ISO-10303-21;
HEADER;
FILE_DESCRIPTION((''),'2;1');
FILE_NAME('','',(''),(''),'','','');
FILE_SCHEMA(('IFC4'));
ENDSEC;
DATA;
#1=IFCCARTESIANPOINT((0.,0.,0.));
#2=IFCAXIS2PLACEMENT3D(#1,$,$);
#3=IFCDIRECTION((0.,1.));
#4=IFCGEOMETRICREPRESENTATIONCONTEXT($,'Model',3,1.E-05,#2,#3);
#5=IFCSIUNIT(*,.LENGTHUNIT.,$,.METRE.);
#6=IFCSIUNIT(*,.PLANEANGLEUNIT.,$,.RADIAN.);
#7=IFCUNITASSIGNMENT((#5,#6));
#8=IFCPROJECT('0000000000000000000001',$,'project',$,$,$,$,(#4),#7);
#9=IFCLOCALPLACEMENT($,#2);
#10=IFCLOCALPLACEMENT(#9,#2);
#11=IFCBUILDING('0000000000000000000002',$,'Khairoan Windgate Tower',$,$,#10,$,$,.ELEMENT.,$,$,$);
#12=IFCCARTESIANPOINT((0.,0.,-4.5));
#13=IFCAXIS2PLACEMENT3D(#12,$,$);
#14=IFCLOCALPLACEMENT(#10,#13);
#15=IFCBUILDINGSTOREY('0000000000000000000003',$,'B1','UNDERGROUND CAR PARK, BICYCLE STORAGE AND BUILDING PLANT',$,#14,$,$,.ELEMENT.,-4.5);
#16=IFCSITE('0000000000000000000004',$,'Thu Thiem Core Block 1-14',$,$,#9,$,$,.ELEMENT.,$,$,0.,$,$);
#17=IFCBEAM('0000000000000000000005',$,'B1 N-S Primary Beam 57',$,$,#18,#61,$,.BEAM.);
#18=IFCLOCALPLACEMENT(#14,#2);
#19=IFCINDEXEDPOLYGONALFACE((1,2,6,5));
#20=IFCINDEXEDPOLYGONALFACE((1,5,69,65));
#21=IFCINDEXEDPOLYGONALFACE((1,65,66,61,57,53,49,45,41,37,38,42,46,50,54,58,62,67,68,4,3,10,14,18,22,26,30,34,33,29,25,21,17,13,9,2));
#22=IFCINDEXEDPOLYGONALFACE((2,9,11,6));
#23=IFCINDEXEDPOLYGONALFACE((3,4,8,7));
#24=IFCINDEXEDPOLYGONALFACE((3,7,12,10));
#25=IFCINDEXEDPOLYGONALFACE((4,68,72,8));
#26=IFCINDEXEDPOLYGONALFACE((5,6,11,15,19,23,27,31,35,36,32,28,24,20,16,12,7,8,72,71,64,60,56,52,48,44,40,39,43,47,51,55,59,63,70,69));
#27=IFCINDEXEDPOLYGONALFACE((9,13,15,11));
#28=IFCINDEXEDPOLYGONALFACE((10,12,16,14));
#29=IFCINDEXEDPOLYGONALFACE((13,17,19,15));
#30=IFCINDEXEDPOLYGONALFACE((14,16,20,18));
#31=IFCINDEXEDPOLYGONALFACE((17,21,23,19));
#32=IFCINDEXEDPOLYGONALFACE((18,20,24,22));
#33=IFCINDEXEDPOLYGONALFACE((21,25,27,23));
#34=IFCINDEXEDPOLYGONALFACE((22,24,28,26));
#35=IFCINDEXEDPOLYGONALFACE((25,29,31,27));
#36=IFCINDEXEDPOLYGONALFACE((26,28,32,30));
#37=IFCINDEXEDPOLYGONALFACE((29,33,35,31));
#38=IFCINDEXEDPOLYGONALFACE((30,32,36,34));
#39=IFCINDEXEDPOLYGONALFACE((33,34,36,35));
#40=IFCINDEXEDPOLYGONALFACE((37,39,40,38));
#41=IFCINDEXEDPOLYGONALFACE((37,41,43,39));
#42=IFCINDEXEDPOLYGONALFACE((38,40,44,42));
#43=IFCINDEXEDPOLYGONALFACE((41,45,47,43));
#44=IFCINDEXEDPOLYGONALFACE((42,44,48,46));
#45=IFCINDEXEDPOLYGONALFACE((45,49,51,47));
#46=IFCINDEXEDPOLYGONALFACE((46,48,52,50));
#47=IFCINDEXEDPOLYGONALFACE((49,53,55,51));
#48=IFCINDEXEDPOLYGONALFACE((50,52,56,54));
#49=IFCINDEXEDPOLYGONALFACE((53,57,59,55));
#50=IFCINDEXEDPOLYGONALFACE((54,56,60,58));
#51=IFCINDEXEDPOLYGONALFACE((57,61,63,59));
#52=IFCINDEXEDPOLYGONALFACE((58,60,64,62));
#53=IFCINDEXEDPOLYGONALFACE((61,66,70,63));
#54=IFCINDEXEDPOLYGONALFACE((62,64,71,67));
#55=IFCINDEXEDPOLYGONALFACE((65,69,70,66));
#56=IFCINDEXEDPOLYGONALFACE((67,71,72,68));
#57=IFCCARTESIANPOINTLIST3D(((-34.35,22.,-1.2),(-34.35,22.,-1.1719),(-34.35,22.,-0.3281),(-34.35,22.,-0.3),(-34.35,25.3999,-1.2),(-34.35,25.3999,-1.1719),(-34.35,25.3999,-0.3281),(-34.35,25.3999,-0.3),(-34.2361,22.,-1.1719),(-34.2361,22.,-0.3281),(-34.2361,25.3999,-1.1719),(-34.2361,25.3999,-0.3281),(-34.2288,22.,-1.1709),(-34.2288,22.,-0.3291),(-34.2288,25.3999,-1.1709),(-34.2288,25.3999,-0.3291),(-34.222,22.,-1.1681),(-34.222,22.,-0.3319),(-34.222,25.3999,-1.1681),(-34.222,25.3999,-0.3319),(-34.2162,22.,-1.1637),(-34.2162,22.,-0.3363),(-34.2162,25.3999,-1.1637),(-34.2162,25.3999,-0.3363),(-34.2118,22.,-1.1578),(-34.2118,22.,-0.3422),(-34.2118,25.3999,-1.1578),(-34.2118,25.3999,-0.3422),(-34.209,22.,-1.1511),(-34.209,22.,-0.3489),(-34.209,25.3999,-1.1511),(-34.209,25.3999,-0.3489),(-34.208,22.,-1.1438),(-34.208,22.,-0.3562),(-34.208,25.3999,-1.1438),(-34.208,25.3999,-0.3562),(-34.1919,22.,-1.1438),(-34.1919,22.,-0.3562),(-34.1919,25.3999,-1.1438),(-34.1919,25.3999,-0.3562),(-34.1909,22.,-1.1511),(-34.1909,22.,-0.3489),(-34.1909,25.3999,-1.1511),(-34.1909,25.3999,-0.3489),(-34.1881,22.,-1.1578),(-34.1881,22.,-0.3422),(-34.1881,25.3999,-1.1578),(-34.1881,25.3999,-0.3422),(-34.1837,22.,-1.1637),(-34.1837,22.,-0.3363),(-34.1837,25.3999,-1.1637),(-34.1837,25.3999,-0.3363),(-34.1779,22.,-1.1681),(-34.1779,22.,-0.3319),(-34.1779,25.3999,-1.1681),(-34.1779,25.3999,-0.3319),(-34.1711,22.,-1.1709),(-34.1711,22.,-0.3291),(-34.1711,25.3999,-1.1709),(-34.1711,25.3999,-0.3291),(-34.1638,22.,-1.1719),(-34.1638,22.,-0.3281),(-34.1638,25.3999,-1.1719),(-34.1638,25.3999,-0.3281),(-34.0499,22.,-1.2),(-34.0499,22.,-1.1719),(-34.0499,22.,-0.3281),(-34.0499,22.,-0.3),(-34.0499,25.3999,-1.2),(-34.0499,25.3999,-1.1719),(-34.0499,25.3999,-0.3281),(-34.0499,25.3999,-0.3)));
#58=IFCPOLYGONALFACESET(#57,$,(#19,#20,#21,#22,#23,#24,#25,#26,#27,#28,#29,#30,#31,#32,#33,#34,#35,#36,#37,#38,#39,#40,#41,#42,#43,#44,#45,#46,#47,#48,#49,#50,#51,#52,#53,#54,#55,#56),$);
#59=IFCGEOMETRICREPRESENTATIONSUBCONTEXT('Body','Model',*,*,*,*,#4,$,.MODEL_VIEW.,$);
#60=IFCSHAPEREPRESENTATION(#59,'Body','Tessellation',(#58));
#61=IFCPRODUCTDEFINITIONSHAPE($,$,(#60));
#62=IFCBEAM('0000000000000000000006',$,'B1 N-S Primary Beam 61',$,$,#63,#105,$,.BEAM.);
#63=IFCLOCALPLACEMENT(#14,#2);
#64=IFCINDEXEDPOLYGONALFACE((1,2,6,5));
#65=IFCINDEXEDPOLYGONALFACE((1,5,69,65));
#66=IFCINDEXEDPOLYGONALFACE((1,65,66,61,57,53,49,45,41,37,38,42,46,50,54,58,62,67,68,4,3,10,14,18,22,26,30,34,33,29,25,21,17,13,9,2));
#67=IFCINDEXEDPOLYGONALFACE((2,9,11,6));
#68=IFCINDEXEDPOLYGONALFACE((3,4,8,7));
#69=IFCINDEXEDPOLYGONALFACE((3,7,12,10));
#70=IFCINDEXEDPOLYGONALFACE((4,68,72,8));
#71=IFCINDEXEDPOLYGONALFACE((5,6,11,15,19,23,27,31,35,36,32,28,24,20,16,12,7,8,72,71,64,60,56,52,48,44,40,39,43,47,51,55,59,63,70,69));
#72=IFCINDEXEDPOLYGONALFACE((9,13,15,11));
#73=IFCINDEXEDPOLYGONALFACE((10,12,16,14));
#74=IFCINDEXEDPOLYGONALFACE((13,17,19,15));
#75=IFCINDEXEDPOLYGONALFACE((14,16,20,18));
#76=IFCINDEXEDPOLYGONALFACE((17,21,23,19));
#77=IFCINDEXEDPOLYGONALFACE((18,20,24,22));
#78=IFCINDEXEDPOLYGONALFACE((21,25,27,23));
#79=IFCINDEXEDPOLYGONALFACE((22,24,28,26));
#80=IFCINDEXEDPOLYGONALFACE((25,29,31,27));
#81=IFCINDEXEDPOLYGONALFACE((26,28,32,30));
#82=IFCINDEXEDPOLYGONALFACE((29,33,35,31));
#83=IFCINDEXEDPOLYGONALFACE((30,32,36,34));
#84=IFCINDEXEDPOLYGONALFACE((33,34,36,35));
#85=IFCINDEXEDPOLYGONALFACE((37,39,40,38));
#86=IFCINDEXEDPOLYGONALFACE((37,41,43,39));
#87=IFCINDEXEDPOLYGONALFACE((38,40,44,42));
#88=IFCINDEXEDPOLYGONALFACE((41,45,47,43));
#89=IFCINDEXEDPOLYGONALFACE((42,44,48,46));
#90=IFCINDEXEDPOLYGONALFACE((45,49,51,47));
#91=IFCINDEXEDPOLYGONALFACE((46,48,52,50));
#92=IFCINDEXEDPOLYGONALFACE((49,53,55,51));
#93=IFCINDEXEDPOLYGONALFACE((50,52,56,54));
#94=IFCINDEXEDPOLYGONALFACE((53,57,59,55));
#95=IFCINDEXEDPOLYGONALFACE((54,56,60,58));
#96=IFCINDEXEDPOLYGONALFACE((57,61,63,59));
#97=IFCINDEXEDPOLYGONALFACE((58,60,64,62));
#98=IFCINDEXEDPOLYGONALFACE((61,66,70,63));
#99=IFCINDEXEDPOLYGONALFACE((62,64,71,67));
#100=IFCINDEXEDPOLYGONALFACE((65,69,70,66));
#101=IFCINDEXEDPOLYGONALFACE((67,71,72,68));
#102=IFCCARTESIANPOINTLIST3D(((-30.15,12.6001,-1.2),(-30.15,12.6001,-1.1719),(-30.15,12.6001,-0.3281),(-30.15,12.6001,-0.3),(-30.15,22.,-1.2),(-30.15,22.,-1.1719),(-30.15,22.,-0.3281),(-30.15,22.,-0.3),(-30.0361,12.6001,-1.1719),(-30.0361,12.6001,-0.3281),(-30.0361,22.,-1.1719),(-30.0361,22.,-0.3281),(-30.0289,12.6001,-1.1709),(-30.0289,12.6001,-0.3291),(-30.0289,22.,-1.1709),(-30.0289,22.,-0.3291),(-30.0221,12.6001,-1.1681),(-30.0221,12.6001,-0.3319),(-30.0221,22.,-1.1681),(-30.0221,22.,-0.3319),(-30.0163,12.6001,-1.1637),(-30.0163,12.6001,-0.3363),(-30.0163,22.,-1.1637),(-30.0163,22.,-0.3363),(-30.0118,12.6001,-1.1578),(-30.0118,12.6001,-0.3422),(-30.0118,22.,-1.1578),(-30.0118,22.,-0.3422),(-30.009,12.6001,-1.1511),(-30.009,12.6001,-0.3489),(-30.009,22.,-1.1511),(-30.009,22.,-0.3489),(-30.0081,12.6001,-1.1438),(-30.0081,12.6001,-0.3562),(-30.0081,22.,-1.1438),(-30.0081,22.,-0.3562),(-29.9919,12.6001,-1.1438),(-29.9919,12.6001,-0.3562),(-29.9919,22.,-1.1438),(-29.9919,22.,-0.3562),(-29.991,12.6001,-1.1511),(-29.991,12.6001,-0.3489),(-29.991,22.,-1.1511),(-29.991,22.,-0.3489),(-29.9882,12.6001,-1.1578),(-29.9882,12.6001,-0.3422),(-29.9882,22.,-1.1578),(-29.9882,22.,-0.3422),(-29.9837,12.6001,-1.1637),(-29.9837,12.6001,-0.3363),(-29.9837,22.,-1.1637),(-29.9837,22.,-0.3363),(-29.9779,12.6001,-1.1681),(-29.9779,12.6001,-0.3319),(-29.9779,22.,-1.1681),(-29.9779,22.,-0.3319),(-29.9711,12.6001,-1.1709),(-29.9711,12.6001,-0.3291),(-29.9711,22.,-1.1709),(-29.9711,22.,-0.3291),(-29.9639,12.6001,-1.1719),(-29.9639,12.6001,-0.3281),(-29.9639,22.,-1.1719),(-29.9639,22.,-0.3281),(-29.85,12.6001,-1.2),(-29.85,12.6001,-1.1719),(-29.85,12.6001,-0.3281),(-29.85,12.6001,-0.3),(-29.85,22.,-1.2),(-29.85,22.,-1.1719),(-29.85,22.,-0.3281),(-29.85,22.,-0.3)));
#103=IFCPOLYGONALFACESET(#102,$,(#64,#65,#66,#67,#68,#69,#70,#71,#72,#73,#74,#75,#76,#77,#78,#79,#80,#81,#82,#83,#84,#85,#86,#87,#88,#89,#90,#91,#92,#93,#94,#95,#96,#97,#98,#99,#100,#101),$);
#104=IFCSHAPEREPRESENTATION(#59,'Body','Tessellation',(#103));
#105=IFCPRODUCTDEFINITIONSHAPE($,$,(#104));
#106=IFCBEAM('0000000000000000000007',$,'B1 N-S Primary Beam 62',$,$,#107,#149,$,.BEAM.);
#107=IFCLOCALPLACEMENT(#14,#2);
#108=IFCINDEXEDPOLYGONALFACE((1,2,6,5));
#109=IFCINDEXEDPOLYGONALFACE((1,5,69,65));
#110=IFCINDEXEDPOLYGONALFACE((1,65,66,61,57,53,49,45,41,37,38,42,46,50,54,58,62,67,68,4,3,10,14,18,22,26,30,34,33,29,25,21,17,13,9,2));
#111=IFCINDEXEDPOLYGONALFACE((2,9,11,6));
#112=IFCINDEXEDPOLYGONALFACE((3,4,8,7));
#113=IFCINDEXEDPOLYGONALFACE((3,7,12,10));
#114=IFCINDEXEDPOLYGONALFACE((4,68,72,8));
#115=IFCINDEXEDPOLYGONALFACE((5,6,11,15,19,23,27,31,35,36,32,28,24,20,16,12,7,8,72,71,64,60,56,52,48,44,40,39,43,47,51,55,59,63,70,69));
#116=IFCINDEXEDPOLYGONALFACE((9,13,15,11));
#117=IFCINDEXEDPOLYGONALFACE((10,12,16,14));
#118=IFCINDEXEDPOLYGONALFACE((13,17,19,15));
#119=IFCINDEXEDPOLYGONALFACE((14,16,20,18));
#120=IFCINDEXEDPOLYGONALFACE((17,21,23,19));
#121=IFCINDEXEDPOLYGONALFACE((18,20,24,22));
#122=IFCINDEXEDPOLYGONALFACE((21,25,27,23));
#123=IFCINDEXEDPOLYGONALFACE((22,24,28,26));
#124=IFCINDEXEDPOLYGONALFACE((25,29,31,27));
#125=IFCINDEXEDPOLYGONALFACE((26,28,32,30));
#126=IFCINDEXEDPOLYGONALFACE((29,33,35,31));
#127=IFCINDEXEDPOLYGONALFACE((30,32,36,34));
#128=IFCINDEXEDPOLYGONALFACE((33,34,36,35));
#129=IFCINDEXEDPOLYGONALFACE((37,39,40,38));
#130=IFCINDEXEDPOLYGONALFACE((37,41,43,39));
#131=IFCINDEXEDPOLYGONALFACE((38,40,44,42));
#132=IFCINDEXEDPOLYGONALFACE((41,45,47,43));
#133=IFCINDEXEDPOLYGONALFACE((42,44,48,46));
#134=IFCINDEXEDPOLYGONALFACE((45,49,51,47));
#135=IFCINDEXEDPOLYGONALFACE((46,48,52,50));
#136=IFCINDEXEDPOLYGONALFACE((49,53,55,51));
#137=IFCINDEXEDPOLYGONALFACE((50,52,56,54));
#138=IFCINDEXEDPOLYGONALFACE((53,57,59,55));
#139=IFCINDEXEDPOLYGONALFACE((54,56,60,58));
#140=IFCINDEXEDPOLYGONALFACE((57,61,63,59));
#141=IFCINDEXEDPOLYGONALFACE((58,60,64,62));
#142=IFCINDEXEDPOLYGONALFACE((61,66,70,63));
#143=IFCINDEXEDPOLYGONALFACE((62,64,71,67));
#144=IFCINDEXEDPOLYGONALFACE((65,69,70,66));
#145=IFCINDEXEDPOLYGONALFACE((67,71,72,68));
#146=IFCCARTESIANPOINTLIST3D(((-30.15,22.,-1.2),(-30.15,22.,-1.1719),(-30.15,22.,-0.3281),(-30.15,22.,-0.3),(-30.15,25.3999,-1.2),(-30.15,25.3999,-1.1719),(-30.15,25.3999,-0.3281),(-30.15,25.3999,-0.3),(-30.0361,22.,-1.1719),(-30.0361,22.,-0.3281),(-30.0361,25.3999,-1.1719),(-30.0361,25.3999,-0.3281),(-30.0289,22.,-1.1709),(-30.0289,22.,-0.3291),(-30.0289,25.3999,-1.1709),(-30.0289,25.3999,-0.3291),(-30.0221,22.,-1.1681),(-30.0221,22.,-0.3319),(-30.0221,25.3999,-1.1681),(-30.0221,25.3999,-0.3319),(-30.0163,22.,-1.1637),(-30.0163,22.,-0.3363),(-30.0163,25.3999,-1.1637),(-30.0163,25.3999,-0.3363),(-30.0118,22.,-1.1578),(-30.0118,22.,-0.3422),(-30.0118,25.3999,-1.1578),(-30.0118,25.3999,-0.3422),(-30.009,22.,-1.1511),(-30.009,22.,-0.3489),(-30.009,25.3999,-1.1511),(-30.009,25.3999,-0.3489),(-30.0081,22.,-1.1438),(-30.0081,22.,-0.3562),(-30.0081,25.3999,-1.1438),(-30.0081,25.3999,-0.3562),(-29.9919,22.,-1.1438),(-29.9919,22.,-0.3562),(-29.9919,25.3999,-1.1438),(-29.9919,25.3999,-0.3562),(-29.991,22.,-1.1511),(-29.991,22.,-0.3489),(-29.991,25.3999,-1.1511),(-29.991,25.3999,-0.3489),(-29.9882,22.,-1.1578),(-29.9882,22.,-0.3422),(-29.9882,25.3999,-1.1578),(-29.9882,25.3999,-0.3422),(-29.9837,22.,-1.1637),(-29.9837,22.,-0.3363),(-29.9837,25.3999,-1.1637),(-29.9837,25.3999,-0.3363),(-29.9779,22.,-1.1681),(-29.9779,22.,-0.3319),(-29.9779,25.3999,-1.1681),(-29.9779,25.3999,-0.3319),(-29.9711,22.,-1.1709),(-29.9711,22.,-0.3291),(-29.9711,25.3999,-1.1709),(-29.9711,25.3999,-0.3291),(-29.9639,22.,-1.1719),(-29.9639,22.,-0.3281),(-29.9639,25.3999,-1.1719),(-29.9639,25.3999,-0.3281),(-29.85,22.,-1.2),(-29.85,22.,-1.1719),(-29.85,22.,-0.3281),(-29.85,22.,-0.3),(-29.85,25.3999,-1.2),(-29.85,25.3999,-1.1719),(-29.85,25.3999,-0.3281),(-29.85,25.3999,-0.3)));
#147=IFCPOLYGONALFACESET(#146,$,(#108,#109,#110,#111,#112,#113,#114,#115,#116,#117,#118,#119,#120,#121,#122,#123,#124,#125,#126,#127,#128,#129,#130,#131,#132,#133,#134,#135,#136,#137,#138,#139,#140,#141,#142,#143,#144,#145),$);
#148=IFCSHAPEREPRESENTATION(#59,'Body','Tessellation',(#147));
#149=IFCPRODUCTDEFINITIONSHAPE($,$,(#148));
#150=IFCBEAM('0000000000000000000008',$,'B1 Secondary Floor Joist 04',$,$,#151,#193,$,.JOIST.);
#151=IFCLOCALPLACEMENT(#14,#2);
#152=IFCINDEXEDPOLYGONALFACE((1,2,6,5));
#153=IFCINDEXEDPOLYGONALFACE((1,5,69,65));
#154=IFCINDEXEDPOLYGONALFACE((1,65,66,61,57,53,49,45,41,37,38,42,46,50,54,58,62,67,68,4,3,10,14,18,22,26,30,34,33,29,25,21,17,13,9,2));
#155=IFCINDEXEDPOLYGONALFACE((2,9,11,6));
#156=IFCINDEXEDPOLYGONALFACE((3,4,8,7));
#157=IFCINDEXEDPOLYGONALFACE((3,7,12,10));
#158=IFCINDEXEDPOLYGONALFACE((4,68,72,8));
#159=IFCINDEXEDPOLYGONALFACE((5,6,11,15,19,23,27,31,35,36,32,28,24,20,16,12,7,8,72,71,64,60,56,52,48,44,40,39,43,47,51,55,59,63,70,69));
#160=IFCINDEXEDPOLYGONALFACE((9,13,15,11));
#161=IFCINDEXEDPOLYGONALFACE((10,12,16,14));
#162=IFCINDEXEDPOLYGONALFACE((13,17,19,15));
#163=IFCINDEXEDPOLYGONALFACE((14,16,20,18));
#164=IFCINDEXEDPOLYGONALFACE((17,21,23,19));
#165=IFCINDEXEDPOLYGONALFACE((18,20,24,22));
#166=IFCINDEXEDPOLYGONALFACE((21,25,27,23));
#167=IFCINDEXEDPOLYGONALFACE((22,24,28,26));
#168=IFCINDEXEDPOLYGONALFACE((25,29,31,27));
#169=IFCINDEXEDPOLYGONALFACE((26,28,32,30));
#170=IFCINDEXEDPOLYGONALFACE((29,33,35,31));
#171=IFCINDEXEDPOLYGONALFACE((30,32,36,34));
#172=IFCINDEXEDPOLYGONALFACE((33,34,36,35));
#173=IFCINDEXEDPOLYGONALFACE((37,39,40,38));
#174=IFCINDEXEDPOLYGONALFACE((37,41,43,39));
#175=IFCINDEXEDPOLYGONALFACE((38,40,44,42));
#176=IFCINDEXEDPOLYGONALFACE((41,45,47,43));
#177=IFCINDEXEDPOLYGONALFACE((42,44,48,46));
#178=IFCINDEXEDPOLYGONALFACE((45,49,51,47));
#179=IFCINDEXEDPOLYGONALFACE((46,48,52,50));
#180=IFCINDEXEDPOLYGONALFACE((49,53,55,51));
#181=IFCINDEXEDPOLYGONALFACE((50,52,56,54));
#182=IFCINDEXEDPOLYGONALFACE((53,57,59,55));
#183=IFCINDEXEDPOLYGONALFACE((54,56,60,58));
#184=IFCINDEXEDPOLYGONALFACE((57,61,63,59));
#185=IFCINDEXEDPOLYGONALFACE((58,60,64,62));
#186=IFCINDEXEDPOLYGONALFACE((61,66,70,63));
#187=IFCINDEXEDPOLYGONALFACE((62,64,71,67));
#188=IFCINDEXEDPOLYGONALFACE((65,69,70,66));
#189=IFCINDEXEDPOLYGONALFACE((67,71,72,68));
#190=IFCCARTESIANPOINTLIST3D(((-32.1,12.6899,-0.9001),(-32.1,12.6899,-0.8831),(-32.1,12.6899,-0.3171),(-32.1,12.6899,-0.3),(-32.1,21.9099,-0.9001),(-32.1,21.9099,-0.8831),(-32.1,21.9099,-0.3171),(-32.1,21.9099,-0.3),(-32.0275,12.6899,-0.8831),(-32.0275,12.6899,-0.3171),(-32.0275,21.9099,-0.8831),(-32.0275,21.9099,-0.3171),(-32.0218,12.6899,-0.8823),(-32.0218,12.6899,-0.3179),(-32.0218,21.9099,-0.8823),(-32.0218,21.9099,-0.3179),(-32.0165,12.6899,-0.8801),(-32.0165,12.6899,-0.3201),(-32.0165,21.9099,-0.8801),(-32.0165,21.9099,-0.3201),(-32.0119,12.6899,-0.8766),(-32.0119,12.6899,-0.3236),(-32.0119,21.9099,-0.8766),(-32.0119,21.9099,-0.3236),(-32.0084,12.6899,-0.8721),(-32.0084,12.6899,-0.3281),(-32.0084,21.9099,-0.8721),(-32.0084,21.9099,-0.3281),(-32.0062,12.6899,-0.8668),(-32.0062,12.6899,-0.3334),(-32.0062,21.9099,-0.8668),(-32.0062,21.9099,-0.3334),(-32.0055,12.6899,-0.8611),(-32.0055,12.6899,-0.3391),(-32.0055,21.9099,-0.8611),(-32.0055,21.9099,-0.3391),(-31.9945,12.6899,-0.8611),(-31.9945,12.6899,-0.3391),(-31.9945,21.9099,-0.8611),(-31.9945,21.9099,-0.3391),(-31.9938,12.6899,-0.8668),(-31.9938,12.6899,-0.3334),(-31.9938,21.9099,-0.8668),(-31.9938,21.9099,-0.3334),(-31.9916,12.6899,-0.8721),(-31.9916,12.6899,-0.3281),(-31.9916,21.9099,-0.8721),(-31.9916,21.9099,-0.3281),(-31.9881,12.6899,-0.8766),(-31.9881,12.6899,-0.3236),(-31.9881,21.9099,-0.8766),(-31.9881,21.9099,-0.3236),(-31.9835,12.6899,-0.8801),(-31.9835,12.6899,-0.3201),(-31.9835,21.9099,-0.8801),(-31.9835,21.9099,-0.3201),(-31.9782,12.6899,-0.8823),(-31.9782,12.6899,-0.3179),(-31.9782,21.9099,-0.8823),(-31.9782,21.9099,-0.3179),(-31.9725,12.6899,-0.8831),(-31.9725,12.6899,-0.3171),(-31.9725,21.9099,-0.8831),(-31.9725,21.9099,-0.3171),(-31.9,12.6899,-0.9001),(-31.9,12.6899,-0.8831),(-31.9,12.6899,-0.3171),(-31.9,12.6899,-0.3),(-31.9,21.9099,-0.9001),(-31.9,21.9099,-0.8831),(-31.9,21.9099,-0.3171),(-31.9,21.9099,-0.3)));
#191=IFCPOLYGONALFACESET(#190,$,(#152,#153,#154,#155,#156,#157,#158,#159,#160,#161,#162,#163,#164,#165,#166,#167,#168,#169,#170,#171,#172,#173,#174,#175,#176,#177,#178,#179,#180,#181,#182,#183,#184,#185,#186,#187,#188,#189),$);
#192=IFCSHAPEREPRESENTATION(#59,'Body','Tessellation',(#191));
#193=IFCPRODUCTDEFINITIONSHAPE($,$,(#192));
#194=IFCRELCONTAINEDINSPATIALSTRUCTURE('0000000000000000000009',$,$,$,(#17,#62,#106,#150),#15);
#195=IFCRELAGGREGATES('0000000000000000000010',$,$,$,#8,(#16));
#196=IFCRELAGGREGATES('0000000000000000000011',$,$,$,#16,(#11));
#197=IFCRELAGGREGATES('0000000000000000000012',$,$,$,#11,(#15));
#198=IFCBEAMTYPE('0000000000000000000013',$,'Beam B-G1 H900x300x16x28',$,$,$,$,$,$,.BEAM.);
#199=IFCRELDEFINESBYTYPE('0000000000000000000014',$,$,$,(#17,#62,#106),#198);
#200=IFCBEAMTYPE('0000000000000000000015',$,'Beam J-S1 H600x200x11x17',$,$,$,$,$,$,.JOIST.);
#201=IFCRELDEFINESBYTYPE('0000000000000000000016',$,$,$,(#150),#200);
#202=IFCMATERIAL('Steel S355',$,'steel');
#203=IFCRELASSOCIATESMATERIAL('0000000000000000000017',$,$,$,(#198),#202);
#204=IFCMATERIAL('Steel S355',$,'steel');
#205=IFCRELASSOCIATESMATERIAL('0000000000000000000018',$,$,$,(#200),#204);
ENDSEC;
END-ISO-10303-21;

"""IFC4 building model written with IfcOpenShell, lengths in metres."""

from ifc_helpers import new_model, si_unit, direction, frame, origin, origin_2d, place, context, subcontext, project, spatial, i_section, extrude, material, material_profile, profile_set, type_object, element, save


model = new_model("IFC4")

# Units and contexts
model_context = context("Model", 3, precision=1e-05, world=origin(), true_north=direction((0.0, 1.0)))
body_context = subcontext(model_context, "Body", "Model", "MODEL_VIEW")
ifc_project = project(units=[si_unit("LENGTHUNIT", "METRE"), si_unit("PLANEANGLEUNIT", "RADIAN")], contexts=[model_context])

# Site, building, storey
site_placement = place(None, origin())
site = spatial("IfcSite", under=ifc_project, at=site_placement, Name="Thu Thiem Core Block 1-14", CompositionType="ELEMENT", RefElevation=0.0)
building_placement = place(site_placement, origin())
building = spatial("IfcBuilding", under=site, at=building_placement, Name="Khairoan Windgate Tower", CompositionType="ELEMENT")
storey_placement = place(building_placement, frame((0.0, 0.0, -4.5)))
storey = spatial("IfcBuildingStorey", under=building, at=storey_placement, Name="B1", Description="UNDERGROUND CAR PARK, BICYCLE STORAGE AND BUILDING PLANT", CompositionType="ELEMENT", Elevation=-4.5)

# Beams
ifc_material_1 = material(Name="Steel S355", Category="steel")
ifc_material_profile_1 = material_profile(ifc_material_1, i_section(OverallWidth=0.3, OverallDepth=0.8999, WebThickness=0.0161, FlangeThickness=0.0281, FilletRadius=0.0281, at=origin_2d()))
ifc_profile_set_1 = profile_set([ifc_material_profile_1], Name="Steel S355")
beam_type_1 = type_object("IfcBeamType", Name="Beam B-G1 H900x300x16x28", PredefinedType="BEAM", material=ifc_profile_set_1)
beam_1_placement = place(storey_placement, frame((-34.2, 22.0, -0.75), z_axis=(0.0, 1.0, 0.0), x_axis=(-1.0, 0.0, 0.0)))
element("IfcBeam", 1, at=beam_1_placement, inside=storey, type_object=beam_type_1, Name="B1 N-S Primary Beam 57", PredefinedType="BEAM", context=body_context, shape_type="SweptSolid", body=[
    extrude(i_section(OverallWidth=0.3, OverallDepth=0.8999, WebThickness=0.0161, FlangeThickness=0.0281, FilletRadius=0.0281, at=origin_2d()), origin(), (0.0, 0.0, 1.0), 3.3999),
])
beam_2_placement = place(storey_placement, frame((-30.0, 12.6001, -0.75), z_axis=(0.0, 1.0, 0.0), x_axis=(-1.0, 0.0, 0.0)))
element("IfcBeam", 2, at=beam_2_placement, inside=storey, type_object=beam_type_1, Name="B1 N-S Primary Beam 61", PredefinedType="BEAM", context=body_context, shape_type="SweptSolid", body=[
    extrude(i_section(OverallWidth=0.3, OverallDepth=0.8999, WebThickness=0.0161, FlangeThickness=0.0281, FilletRadius=0.0281, at=origin_2d()), origin(), (0.0, 0.0, 1.0), 9.3999),
])
beam_3_placement = place(storey_placement, frame((-30.0, 22.0, -0.75), z_axis=(0.0, 1.0, 0.0), x_axis=(-1.0, 0.0, 0.0)))
element("IfcBeam", 3, at=beam_3_placement, inside=storey, type_object=beam_type_1, Name="B1 N-S Primary Beam 62", PredefinedType="BEAM", context=body_context, shape_type="SweptSolid", body=[
    extrude(i_section(OverallWidth=0.3, OverallDepth=0.8999, WebThickness=0.0161, FlangeThickness=0.0281, FilletRadius=0.0281, at=origin_2d()), origin(), (0.0, 0.0, 1.0), 3.3999),
])
ifc_material_2 = material(Name="Steel S355", Category="steel")
ifc_material_profile_2 = material_profile(ifc_material_2, i_section(OverallWidth=0.2, OverallDepth=0.6001, WebThickness=0.011, FlangeThickness=0.0171, FilletRadius=0.022, at=origin_2d()))
ifc_profile_set_2 = profile_set([ifc_material_profile_2], Name="Steel S355")
beam_type_2 = type_object("IfcBeamType", Name="Beam J-S1 H600x200x11x17", PredefinedType="JOIST", material=ifc_profile_set_2)
beam_4_placement = place(storey_placement, frame((-32.0, 12.6899, -0.6001), z_axis=(0.0, 1.0, 0.0), x_axis=(-1.0, 0.0, 0.0)))
element("IfcBeam", 4, at=beam_4_placement, inside=storey, type_object=beam_type_2, Name="B1 Secondary Floor Joist 04", PredefinedType="JOIST", context=body_context, shape_type="SweptSolid", body=[
    extrude(i_section(OverallWidth=0.2, OverallDepth=0.6001, WebThickness=0.011, FlangeThickness=0.0171, FilletRadius=0.022, at=origin_2d()), origin(), (0.0, 0.0, 1.0), 9.22),
])

save(model, "model.ifc")
